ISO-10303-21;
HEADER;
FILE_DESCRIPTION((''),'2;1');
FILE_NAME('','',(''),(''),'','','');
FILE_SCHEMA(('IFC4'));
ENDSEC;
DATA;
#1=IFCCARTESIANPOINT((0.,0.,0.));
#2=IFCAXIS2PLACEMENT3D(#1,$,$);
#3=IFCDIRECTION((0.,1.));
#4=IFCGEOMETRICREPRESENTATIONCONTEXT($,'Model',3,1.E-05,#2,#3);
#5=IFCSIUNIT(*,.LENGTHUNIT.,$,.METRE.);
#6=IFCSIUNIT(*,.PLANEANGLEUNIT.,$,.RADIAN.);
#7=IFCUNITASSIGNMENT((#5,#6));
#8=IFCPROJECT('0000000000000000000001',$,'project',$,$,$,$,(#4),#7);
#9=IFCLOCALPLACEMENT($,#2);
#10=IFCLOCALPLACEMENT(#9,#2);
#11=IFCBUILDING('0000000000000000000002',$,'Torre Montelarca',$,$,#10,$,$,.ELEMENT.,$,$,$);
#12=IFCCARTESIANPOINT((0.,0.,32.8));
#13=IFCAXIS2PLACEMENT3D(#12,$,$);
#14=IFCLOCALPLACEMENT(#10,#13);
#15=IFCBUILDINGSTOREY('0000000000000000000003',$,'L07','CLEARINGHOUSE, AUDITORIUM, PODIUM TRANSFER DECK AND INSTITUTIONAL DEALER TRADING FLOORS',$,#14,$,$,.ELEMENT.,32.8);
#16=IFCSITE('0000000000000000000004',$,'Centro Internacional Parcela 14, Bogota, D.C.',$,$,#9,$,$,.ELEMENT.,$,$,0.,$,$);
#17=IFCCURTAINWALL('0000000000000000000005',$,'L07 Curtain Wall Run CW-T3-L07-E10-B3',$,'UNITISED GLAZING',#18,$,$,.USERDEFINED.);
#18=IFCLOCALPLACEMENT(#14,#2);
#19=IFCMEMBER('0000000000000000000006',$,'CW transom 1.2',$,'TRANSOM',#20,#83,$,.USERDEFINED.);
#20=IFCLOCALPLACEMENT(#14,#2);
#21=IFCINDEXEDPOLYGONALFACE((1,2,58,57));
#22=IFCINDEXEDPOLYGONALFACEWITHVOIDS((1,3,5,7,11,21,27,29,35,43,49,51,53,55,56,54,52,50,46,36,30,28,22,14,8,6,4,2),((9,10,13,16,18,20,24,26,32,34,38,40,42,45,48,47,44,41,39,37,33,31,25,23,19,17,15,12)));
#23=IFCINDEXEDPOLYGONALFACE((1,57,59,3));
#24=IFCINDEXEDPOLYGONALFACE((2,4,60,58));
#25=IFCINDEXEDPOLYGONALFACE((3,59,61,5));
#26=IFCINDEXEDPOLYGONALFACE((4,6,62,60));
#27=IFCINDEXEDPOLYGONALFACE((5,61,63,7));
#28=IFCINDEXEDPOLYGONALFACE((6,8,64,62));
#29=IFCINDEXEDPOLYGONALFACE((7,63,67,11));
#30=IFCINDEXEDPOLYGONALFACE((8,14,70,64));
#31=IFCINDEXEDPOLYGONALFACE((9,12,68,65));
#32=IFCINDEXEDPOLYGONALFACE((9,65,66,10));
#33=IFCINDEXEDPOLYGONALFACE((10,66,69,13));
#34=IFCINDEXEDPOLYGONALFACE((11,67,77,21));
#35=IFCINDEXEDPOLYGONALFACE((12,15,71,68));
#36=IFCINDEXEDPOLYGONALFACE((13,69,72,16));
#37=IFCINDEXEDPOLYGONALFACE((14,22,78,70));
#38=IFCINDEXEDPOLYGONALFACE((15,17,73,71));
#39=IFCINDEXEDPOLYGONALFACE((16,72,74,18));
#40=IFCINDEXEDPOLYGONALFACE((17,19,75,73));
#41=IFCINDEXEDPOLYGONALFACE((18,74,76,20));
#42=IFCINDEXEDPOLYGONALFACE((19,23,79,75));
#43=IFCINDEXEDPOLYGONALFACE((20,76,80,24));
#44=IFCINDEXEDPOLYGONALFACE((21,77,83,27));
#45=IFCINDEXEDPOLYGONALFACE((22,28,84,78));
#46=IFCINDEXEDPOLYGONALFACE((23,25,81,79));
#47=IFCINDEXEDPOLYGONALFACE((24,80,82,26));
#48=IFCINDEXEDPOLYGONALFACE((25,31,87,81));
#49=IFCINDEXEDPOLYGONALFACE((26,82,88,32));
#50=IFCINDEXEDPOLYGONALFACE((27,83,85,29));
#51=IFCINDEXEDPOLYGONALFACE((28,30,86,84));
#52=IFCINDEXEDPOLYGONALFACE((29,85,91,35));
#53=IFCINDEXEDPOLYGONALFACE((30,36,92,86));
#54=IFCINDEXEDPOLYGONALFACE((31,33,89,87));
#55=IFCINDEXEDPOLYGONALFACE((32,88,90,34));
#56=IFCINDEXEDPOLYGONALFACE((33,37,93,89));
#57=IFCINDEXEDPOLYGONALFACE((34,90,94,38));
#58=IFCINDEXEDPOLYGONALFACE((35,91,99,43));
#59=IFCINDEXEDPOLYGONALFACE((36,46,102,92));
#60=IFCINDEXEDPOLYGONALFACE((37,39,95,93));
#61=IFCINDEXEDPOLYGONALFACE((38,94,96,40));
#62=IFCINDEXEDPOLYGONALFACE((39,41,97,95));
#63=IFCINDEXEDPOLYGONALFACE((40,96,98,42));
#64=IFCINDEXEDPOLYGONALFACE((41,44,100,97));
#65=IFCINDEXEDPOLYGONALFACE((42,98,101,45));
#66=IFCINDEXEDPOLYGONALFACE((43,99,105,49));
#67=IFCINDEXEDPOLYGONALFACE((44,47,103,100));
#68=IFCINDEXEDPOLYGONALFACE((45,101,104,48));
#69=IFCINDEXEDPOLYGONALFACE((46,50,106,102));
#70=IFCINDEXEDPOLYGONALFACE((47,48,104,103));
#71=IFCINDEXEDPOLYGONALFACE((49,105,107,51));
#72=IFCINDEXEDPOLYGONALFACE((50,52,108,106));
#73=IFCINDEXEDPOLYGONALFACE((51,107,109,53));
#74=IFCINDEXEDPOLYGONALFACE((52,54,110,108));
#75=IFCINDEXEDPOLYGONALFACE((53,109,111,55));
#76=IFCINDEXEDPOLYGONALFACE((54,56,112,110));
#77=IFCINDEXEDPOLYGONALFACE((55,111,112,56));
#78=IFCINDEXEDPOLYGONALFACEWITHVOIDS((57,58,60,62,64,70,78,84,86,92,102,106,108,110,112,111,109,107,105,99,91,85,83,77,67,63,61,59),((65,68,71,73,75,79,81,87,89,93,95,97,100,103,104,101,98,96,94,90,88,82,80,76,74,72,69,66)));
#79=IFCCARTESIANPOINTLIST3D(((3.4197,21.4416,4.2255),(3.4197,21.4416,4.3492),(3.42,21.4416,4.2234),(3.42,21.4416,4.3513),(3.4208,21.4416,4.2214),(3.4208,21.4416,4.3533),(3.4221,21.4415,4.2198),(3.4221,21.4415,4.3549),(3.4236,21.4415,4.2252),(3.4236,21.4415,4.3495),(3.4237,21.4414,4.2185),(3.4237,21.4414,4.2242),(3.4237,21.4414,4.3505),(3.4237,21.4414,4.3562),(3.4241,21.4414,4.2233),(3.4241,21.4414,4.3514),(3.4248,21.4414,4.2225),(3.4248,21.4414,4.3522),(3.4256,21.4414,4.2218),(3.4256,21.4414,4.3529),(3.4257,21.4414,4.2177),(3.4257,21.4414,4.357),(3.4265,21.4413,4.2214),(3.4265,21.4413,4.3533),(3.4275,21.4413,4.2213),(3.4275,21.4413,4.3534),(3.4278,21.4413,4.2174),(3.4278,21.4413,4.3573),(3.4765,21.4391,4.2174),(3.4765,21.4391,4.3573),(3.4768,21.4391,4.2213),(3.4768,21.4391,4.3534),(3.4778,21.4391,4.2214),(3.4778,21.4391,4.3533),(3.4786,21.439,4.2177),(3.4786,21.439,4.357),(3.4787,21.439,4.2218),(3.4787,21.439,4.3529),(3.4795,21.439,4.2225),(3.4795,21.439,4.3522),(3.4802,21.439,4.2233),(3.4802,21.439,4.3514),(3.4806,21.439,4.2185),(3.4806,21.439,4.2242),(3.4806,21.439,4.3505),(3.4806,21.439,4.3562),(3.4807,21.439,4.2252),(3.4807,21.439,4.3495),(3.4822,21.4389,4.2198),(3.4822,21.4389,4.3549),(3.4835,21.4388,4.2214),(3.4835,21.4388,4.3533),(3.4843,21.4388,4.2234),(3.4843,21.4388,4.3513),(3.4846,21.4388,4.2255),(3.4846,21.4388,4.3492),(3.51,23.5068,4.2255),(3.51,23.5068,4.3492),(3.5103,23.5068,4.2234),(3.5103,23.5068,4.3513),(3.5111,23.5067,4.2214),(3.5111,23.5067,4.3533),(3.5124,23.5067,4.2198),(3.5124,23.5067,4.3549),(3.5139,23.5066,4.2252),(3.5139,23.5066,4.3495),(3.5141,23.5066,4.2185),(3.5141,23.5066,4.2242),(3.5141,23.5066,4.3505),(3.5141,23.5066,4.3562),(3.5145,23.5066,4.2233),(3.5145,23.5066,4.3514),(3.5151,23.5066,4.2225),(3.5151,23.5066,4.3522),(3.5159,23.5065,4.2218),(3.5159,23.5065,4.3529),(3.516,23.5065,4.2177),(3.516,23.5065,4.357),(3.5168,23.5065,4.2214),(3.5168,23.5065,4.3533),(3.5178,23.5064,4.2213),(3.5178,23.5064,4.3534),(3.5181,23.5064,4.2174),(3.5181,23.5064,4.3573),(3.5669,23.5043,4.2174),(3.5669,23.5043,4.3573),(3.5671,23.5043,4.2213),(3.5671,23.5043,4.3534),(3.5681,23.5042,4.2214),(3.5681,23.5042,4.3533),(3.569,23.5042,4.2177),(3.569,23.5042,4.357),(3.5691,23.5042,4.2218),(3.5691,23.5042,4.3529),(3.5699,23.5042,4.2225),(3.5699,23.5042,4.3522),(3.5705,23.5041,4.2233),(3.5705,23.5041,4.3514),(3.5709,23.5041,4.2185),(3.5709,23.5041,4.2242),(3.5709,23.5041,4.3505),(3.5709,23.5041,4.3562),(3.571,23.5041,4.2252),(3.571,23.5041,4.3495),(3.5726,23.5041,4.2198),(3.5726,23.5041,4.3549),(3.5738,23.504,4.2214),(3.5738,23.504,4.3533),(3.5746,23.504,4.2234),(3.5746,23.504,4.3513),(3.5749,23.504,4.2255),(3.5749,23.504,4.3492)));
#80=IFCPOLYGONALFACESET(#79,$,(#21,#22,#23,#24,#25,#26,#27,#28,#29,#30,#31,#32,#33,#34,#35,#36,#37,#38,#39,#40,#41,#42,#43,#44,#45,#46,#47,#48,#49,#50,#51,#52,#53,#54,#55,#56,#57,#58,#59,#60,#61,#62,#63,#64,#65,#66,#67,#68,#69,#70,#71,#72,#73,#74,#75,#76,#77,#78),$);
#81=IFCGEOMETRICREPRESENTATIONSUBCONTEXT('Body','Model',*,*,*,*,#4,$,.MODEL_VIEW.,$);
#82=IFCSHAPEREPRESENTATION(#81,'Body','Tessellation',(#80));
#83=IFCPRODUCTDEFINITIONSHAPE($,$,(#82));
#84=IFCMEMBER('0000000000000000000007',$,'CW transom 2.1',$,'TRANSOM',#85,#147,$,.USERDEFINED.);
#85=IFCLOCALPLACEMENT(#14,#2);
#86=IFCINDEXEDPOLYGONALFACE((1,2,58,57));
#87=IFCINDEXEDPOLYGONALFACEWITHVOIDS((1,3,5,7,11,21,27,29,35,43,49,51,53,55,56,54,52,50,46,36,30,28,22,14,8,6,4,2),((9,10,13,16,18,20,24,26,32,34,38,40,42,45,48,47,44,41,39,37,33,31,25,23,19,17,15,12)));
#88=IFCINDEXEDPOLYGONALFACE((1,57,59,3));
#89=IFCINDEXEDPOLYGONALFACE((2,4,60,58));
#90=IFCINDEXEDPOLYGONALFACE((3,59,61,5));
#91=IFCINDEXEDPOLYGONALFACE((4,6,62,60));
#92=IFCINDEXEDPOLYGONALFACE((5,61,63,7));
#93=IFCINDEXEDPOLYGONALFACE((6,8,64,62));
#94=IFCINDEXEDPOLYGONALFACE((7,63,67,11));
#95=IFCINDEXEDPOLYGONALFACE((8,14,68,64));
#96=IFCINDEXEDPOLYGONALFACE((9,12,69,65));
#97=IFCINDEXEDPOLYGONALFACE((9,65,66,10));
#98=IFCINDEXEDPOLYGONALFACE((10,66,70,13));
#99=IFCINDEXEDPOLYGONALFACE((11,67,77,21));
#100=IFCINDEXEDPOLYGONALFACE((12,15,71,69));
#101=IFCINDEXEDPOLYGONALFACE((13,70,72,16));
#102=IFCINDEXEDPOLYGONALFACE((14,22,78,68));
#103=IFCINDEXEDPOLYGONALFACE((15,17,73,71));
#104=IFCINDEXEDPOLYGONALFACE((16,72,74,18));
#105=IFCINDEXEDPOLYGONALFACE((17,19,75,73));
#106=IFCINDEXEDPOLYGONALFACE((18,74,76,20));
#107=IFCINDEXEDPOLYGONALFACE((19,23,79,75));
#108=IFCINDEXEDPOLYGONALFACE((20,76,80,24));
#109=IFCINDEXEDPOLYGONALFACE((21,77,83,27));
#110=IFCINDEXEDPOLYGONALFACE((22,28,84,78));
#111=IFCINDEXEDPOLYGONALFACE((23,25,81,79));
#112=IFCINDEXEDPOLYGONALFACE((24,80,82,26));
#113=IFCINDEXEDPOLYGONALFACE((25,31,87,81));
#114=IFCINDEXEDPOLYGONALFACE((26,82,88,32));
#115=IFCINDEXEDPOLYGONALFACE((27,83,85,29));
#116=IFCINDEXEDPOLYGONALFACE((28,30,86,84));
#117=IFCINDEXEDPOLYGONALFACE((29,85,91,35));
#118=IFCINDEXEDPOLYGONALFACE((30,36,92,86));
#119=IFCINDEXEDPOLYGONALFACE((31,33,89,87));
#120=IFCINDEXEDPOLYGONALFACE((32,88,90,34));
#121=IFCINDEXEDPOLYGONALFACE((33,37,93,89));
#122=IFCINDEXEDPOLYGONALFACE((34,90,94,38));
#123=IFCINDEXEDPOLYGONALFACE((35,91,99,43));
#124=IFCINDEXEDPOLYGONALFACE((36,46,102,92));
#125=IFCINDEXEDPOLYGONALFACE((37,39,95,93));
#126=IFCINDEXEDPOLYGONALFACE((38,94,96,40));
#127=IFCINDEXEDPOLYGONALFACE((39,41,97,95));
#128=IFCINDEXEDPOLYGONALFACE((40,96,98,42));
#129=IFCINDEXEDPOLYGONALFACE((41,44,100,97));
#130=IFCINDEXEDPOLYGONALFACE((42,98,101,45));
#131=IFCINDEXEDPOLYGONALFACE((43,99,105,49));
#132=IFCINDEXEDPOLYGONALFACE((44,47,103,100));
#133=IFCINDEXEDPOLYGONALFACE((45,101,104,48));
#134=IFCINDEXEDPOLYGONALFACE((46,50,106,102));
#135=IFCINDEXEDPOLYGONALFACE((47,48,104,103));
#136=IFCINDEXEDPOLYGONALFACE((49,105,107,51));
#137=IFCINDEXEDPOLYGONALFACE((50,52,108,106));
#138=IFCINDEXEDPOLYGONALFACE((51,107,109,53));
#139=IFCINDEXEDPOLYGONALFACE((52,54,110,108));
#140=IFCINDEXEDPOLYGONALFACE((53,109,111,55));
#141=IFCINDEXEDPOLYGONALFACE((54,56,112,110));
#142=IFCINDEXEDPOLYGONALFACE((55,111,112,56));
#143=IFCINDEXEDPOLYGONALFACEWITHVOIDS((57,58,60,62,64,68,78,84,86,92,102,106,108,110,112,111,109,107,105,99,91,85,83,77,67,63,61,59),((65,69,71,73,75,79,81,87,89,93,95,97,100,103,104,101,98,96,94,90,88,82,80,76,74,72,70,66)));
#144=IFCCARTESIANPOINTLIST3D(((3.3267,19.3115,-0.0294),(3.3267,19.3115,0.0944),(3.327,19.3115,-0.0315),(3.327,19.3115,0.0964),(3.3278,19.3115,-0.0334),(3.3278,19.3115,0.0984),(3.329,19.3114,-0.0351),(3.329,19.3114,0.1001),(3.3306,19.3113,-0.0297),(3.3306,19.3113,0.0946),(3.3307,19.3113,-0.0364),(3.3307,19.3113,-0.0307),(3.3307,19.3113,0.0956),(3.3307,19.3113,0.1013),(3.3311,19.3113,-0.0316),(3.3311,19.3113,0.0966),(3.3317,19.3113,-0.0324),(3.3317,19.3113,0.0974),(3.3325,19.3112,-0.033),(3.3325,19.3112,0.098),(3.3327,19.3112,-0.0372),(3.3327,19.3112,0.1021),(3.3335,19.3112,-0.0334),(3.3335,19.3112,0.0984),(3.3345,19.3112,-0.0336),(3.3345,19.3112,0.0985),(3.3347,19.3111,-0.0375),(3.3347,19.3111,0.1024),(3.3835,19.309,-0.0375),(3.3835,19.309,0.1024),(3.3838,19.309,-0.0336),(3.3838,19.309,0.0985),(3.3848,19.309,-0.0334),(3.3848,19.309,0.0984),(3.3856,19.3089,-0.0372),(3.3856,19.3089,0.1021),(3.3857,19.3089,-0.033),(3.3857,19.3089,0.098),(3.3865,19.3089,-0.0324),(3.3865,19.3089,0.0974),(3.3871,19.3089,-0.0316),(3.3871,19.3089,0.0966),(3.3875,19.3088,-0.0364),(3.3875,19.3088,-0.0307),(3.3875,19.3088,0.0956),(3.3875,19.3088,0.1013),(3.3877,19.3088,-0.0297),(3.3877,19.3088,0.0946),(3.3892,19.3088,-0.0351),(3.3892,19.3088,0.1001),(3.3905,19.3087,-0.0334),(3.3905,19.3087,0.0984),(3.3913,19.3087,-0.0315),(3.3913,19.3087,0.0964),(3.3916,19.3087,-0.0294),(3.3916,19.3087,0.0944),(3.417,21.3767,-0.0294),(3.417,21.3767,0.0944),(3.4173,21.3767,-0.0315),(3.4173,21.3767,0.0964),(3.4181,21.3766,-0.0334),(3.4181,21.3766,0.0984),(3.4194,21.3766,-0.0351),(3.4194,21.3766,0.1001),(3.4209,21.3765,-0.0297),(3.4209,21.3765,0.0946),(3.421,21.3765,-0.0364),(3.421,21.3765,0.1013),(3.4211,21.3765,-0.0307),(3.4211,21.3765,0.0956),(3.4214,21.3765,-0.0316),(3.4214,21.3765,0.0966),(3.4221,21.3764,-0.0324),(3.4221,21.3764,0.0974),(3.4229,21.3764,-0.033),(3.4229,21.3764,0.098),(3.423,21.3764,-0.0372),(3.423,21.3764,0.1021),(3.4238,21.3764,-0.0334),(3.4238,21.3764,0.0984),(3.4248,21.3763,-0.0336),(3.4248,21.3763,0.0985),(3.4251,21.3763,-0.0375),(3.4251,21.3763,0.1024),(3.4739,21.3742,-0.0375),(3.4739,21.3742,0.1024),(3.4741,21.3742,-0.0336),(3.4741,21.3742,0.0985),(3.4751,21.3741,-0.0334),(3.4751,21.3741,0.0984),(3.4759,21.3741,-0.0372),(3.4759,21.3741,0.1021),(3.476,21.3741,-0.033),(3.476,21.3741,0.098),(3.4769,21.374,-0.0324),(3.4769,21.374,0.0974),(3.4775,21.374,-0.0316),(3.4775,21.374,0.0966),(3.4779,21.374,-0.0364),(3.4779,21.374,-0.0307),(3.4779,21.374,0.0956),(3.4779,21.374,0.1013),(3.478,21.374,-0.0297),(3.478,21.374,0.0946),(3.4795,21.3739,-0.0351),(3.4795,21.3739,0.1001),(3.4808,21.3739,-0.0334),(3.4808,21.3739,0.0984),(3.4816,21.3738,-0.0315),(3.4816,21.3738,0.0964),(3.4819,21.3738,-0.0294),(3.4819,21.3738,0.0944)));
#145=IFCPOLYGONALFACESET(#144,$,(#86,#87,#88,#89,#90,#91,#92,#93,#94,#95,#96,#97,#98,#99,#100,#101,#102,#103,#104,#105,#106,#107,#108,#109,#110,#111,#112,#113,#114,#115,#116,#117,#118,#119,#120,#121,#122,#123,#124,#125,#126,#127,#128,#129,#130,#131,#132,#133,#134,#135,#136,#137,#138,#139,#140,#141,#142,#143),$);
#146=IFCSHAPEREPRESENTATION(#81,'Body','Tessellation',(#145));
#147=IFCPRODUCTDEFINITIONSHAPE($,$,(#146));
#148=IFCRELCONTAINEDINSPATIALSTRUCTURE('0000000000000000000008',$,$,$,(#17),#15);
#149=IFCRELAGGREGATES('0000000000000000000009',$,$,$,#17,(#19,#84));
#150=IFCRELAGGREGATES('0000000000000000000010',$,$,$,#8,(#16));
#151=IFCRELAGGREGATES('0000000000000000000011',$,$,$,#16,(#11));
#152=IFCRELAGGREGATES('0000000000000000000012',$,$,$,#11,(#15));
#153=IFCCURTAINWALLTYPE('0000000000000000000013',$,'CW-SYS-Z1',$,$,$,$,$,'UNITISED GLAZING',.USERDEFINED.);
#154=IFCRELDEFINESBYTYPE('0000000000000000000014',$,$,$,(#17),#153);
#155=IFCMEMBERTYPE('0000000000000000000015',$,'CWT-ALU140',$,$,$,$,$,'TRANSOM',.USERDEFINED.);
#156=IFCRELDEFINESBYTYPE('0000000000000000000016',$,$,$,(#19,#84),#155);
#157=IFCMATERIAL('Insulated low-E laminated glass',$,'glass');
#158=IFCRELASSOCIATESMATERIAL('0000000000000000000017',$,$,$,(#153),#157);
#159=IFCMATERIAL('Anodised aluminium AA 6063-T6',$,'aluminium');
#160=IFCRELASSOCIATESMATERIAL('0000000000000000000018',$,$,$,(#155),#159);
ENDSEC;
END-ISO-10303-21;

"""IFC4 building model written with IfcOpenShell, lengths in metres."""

from ifc_helpers import new_model, si_unit, direction, frame, origin, origin_2d, place, context, subcontext, project, spatial, hollow_rectangle, extrude, source, transform, mapped, material, material_profile, profile_set, type_object, element, aggregate, save


model = new_model("IFC4")

# Units and contexts
model_context = context("Model", 3, precision=1e-05, world=origin(), true_north=direction((0.0, 1.0)))
body_context = subcontext(model_context, "Body", "Model", "MODEL_VIEW")
ifc_project = project(units=[si_unit("LENGTHUNIT", "METRE"), si_unit("PLANEANGLEUNIT", "RADIAN")], contexts=[model_context])

# Site, building, storey
site_placement = place(None, origin())
site = spatial("IfcSite", under=ifc_project, at=site_placement, Name="Centro Internacional Parcela 14, Bogota, D.C.", CompositionType="ELEMENT", RefElevation=0.0)
building_placement = place(site_placement, origin())
building = spatial("IfcBuilding", under=site, at=building_placement, Name="Torre Montelarca", CompositionType="ELEMENT")
storey_placement = place(building_placement, frame((0.0, 0.0, 32.8)))
storey = spatial("IfcBuildingStorey", under=building, at=storey_placement, Name="L07", Description="CLEARINGHOUSE, AUDITORIUM, PODIUM TRANSFER DECK AND INSTITUTIONAL DEALER TRADING FLOORS", CompositionType="ELEMENT", Elevation=32.8)

# Shared definitions
ifc_material_1 = material(Name="Insulated low-E laminated glass", Category="glass")
curtain_wall_type = type_object("IfcCurtainWallType", Name="CW-SYS-Z1", ElementType="UNITISED GLAZING", PredefinedType="USERDEFINED", material=ifc_material_1)
ifc_material_2 = material(Name="Anodised aluminium AA 6063-T6", Category="aluminium")

# Curtain wall
curtain_wall_1_placement = place(storey_placement, origin())
curtain_wall_1 = element("IfcCurtainWall", 1, at=curtain_wall_1_placement, inside=storey, type_object=curtain_wall_type, Name="L07 Curtain Wall Run CW-T3-L07-E10-B3", ObjectType="UNITISED GLAZING", PredefinedType="USERDEFINED")

# Members
ifc_material_profile_1 = material_profile(ifc_material_2, hollow_rectangle(XDim=0.0649, YDim=0.1399, WallThickness=0.0039, InnerFilletRadius=0.0039, OuterFilletRadius=0.0081, at=origin_2d()), Name="ALU65X140X4", Category="aluminium")
ifc_profile_set_1 = profile_set([ifc_material_profile_1], Name="Anodised aluminium AA 6063-T6")
member_type_1 = type_object("IfcMemberType", Name="CWT-ALU140", ElementType="TRANSOM", PredefinedType="USERDEFINED", material=ifc_profile_set_1)
shared_shape_1 = source(origin(), body_context, "Body", "SweptSolid", [
    extrude(hollow_rectangle(XDim=0.0649, YDim=0.1399, WallThickness=0.0039, InnerFilletRadius=0.0039, OuterFilletRadius=0.0081, at=origin_2d()), origin(), (0.0, 0.0, 1.0), 2.0671),
])
member_1_placement = place(storey_placement, frame((3.5425, 23.5054, 4.2874), z_axis=(-0.043699, -0.999045, 0.0), x_axis=(0.999045, -0.043699, 0.0)))
member_1 = element("IfcMember", 2, at=member_1_placement, type_object=member_type_1, Name="CW transom 1.2", ObjectType="TRANSOM", PredefinedType="USERDEFINED", context=body_context, shape_type="MappedRepresentation", body=[
    mapped(shared_shape_1, transform((0.0, 0.0, 0.0), scale=1.0)),
])
member_2_placement = place(storey_placement, frame((3.4495, 21.3752, 0.0325), z_axis=(-0.043699, -0.999045, 0.0), x_axis=(0.999045, -0.043699, 0.0)))
member_2 = element("IfcMember", 3, at=member_2_placement, type_object=member_type_1, Name="CW transom 2.1", ObjectType="TRANSOM", PredefinedType="USERDEFINED", context=body_context, shape_type="MappedRepresentation", body=[
    mapped(shared_shape_1, transform((0.0, 0.0, 0.0), scale=1.0)),
])

aggregate(curtain_wall_1, [member_1, member_2])

save(model, "model.ifc")
